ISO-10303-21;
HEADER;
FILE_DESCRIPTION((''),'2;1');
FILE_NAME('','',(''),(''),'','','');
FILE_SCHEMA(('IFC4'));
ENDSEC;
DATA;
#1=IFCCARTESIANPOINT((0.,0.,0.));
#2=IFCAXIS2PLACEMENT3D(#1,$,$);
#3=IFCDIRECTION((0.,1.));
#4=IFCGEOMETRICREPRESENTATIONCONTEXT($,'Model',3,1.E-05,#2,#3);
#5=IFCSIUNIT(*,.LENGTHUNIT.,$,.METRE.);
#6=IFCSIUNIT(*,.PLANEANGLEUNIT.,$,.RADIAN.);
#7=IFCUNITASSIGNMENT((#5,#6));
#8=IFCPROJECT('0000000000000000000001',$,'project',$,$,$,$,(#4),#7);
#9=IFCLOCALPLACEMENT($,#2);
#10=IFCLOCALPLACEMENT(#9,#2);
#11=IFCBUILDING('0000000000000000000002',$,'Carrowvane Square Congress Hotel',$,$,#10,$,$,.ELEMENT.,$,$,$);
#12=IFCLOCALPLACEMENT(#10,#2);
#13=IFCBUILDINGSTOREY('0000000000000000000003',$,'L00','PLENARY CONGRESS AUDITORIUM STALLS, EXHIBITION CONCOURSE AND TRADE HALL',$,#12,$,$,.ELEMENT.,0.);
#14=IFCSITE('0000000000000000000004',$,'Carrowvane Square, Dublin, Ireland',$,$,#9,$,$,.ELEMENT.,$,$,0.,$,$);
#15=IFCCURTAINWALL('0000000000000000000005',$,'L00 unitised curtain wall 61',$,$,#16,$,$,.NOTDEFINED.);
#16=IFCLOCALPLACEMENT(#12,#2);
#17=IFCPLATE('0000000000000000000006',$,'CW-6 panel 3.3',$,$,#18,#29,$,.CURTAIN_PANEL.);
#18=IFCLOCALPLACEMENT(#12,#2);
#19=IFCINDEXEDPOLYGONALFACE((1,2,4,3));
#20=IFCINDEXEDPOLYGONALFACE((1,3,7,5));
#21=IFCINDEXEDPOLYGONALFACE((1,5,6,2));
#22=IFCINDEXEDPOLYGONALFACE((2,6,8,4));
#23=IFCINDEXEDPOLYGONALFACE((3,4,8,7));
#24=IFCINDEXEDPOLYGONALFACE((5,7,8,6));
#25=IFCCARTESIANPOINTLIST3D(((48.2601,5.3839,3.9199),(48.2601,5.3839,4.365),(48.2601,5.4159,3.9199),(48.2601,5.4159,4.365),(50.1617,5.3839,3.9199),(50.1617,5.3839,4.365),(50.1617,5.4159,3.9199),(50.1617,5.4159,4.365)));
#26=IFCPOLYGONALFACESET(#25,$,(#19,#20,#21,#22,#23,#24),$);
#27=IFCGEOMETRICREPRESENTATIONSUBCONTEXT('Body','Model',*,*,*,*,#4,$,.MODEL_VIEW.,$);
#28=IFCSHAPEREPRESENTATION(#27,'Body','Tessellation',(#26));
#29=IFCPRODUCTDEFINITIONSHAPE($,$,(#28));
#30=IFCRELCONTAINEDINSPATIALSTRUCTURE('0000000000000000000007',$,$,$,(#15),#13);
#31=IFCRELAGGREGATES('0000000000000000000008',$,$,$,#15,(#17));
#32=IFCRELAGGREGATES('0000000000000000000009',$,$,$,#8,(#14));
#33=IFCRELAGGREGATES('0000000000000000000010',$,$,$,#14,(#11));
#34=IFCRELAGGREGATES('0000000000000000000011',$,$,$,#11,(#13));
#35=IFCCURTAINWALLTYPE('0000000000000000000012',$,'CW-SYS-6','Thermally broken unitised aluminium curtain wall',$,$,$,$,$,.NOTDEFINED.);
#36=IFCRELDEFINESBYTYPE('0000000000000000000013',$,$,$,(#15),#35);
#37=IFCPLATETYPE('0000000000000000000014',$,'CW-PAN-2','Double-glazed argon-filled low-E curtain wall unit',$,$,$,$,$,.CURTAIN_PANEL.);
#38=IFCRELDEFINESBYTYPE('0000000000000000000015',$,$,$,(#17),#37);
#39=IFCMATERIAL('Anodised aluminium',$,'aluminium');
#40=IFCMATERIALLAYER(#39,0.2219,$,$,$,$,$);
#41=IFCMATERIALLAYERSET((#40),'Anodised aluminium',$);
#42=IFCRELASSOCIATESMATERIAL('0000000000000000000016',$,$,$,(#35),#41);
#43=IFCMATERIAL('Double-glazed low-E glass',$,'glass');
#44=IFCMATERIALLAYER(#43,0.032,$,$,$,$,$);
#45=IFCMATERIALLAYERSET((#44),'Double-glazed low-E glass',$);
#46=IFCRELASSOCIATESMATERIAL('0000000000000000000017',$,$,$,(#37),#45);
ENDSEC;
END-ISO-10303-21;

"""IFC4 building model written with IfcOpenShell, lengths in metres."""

from ifc_helpers import new_model, si_unit, direction, frame, origin, origin_2d, place, context, subcontext, project, spatial, rectangle, extrude, material, layer, layer_set, type_object, element, aggregate, save


model = new_model("IFC4")

# Units and contexts
model_context = context("Model", 3, precision=1e-05, world=origin(), true_north=direction((0.0, 1.0)))
body_context = subcontext(model_context, "Body", "Model", "MODEL_VIEW")
ifc_project = project(units=[si_unit("LENGTHUNIT", "METRE"), si_unit("PLANEANGLEUNIT", "RADIAN")], contexts=[model_context])

# Site, building, storey
site_placement = place(None, origin())
site = spatial("IfcSite", under=ifc_project, at=site_placement, Name="Carrowvane Square, Dublin, Ireland", CompositionType="ELEMENT", RefElevation=0.0)
building_placement = place(site_placement, origin())
building = spatial("IfcBuilding", under=site, at=building_placement, Name="Carrowvane Square Congress Hotel", CompositionType="ELEMENT")
storey_placement = place(building_placement, origin())
storey = spatial("IfcBuildingStorey", under=building, at=storey_placement, Name="L00", Description="PLENARY CONGRESS AUDITORIUM STALLS, EXHIBITION CONCOURSE AND TRADE HALL", CompositionType="ELEMENT", Elevation=0.0)

# Curtain wall
ifc_material_1 = material(Name="Anodised aluminium", Category="aluminium")
ifc_layer_1 = layer(ifc_material_1, 0.2219)
ifc_layer_set_1 = layer_set([ifc_layer_1], Name="Anodised aluminium")
curtain_wall_type_1 = type_object("IfcCurtainWallType", Name="CW-SYS-6", Description="Thermally broken unitised aluminium curtain wall", PredefinedType="NOTDEFINED", material=ifc_layer_set_1)
curtain_wall_1_placement = place(storey_placement, origin())
curtain_wall_1 = element("IfcCurtainWall", 1, at=curtain_wall_1_placement, inside=storey, type_object=curtain_wall_type_1, Name="L00 unitised curtain wall 61", PredefinedType="NOTDEFINED")

# Plate
ifc_material_2 = material(Name="Double-glazed low-E glass", Category="glass")
ifc_layer_2 = layer(ifc_material_2, 0.032)
ifc_layer_set_2 = layer_set([ifc_layer_2], Name="Double-glazed low-E glass")
plate_type_1 = type_object("IfcPlateType", Name="CW-PAN-2", Description="Double-glazed argon-filled low-E curtain wall unit", PredefinedType="CURTAIN_PANEL", material=ifc_layer_set_2)
plate_1_placement = place(storey_placement, frame((49.2109, 5.3999, 3.9199), z_axis=(0.0, 0.0, 1.0), x_axis=(-1.0, 0.0, 0.0)))
plate_1 = element("IfcPlate", 2, at=plate_1_placement, type_object=plate_type_1, Name="CW-6 panel 3.3", PredefinedType="CURTAIN_PANEL", context=body_context, shape_type="SweptSolid", body=[
    extrude(rectangle(XDim=1.9016, YDim=0.032, at=origin_2d()), origin(), (0.0, 0.0, 1.0), 0.4451),
])
aggregate(curtain_wall_1, [plate_1])

save(model, "model.ifc")
